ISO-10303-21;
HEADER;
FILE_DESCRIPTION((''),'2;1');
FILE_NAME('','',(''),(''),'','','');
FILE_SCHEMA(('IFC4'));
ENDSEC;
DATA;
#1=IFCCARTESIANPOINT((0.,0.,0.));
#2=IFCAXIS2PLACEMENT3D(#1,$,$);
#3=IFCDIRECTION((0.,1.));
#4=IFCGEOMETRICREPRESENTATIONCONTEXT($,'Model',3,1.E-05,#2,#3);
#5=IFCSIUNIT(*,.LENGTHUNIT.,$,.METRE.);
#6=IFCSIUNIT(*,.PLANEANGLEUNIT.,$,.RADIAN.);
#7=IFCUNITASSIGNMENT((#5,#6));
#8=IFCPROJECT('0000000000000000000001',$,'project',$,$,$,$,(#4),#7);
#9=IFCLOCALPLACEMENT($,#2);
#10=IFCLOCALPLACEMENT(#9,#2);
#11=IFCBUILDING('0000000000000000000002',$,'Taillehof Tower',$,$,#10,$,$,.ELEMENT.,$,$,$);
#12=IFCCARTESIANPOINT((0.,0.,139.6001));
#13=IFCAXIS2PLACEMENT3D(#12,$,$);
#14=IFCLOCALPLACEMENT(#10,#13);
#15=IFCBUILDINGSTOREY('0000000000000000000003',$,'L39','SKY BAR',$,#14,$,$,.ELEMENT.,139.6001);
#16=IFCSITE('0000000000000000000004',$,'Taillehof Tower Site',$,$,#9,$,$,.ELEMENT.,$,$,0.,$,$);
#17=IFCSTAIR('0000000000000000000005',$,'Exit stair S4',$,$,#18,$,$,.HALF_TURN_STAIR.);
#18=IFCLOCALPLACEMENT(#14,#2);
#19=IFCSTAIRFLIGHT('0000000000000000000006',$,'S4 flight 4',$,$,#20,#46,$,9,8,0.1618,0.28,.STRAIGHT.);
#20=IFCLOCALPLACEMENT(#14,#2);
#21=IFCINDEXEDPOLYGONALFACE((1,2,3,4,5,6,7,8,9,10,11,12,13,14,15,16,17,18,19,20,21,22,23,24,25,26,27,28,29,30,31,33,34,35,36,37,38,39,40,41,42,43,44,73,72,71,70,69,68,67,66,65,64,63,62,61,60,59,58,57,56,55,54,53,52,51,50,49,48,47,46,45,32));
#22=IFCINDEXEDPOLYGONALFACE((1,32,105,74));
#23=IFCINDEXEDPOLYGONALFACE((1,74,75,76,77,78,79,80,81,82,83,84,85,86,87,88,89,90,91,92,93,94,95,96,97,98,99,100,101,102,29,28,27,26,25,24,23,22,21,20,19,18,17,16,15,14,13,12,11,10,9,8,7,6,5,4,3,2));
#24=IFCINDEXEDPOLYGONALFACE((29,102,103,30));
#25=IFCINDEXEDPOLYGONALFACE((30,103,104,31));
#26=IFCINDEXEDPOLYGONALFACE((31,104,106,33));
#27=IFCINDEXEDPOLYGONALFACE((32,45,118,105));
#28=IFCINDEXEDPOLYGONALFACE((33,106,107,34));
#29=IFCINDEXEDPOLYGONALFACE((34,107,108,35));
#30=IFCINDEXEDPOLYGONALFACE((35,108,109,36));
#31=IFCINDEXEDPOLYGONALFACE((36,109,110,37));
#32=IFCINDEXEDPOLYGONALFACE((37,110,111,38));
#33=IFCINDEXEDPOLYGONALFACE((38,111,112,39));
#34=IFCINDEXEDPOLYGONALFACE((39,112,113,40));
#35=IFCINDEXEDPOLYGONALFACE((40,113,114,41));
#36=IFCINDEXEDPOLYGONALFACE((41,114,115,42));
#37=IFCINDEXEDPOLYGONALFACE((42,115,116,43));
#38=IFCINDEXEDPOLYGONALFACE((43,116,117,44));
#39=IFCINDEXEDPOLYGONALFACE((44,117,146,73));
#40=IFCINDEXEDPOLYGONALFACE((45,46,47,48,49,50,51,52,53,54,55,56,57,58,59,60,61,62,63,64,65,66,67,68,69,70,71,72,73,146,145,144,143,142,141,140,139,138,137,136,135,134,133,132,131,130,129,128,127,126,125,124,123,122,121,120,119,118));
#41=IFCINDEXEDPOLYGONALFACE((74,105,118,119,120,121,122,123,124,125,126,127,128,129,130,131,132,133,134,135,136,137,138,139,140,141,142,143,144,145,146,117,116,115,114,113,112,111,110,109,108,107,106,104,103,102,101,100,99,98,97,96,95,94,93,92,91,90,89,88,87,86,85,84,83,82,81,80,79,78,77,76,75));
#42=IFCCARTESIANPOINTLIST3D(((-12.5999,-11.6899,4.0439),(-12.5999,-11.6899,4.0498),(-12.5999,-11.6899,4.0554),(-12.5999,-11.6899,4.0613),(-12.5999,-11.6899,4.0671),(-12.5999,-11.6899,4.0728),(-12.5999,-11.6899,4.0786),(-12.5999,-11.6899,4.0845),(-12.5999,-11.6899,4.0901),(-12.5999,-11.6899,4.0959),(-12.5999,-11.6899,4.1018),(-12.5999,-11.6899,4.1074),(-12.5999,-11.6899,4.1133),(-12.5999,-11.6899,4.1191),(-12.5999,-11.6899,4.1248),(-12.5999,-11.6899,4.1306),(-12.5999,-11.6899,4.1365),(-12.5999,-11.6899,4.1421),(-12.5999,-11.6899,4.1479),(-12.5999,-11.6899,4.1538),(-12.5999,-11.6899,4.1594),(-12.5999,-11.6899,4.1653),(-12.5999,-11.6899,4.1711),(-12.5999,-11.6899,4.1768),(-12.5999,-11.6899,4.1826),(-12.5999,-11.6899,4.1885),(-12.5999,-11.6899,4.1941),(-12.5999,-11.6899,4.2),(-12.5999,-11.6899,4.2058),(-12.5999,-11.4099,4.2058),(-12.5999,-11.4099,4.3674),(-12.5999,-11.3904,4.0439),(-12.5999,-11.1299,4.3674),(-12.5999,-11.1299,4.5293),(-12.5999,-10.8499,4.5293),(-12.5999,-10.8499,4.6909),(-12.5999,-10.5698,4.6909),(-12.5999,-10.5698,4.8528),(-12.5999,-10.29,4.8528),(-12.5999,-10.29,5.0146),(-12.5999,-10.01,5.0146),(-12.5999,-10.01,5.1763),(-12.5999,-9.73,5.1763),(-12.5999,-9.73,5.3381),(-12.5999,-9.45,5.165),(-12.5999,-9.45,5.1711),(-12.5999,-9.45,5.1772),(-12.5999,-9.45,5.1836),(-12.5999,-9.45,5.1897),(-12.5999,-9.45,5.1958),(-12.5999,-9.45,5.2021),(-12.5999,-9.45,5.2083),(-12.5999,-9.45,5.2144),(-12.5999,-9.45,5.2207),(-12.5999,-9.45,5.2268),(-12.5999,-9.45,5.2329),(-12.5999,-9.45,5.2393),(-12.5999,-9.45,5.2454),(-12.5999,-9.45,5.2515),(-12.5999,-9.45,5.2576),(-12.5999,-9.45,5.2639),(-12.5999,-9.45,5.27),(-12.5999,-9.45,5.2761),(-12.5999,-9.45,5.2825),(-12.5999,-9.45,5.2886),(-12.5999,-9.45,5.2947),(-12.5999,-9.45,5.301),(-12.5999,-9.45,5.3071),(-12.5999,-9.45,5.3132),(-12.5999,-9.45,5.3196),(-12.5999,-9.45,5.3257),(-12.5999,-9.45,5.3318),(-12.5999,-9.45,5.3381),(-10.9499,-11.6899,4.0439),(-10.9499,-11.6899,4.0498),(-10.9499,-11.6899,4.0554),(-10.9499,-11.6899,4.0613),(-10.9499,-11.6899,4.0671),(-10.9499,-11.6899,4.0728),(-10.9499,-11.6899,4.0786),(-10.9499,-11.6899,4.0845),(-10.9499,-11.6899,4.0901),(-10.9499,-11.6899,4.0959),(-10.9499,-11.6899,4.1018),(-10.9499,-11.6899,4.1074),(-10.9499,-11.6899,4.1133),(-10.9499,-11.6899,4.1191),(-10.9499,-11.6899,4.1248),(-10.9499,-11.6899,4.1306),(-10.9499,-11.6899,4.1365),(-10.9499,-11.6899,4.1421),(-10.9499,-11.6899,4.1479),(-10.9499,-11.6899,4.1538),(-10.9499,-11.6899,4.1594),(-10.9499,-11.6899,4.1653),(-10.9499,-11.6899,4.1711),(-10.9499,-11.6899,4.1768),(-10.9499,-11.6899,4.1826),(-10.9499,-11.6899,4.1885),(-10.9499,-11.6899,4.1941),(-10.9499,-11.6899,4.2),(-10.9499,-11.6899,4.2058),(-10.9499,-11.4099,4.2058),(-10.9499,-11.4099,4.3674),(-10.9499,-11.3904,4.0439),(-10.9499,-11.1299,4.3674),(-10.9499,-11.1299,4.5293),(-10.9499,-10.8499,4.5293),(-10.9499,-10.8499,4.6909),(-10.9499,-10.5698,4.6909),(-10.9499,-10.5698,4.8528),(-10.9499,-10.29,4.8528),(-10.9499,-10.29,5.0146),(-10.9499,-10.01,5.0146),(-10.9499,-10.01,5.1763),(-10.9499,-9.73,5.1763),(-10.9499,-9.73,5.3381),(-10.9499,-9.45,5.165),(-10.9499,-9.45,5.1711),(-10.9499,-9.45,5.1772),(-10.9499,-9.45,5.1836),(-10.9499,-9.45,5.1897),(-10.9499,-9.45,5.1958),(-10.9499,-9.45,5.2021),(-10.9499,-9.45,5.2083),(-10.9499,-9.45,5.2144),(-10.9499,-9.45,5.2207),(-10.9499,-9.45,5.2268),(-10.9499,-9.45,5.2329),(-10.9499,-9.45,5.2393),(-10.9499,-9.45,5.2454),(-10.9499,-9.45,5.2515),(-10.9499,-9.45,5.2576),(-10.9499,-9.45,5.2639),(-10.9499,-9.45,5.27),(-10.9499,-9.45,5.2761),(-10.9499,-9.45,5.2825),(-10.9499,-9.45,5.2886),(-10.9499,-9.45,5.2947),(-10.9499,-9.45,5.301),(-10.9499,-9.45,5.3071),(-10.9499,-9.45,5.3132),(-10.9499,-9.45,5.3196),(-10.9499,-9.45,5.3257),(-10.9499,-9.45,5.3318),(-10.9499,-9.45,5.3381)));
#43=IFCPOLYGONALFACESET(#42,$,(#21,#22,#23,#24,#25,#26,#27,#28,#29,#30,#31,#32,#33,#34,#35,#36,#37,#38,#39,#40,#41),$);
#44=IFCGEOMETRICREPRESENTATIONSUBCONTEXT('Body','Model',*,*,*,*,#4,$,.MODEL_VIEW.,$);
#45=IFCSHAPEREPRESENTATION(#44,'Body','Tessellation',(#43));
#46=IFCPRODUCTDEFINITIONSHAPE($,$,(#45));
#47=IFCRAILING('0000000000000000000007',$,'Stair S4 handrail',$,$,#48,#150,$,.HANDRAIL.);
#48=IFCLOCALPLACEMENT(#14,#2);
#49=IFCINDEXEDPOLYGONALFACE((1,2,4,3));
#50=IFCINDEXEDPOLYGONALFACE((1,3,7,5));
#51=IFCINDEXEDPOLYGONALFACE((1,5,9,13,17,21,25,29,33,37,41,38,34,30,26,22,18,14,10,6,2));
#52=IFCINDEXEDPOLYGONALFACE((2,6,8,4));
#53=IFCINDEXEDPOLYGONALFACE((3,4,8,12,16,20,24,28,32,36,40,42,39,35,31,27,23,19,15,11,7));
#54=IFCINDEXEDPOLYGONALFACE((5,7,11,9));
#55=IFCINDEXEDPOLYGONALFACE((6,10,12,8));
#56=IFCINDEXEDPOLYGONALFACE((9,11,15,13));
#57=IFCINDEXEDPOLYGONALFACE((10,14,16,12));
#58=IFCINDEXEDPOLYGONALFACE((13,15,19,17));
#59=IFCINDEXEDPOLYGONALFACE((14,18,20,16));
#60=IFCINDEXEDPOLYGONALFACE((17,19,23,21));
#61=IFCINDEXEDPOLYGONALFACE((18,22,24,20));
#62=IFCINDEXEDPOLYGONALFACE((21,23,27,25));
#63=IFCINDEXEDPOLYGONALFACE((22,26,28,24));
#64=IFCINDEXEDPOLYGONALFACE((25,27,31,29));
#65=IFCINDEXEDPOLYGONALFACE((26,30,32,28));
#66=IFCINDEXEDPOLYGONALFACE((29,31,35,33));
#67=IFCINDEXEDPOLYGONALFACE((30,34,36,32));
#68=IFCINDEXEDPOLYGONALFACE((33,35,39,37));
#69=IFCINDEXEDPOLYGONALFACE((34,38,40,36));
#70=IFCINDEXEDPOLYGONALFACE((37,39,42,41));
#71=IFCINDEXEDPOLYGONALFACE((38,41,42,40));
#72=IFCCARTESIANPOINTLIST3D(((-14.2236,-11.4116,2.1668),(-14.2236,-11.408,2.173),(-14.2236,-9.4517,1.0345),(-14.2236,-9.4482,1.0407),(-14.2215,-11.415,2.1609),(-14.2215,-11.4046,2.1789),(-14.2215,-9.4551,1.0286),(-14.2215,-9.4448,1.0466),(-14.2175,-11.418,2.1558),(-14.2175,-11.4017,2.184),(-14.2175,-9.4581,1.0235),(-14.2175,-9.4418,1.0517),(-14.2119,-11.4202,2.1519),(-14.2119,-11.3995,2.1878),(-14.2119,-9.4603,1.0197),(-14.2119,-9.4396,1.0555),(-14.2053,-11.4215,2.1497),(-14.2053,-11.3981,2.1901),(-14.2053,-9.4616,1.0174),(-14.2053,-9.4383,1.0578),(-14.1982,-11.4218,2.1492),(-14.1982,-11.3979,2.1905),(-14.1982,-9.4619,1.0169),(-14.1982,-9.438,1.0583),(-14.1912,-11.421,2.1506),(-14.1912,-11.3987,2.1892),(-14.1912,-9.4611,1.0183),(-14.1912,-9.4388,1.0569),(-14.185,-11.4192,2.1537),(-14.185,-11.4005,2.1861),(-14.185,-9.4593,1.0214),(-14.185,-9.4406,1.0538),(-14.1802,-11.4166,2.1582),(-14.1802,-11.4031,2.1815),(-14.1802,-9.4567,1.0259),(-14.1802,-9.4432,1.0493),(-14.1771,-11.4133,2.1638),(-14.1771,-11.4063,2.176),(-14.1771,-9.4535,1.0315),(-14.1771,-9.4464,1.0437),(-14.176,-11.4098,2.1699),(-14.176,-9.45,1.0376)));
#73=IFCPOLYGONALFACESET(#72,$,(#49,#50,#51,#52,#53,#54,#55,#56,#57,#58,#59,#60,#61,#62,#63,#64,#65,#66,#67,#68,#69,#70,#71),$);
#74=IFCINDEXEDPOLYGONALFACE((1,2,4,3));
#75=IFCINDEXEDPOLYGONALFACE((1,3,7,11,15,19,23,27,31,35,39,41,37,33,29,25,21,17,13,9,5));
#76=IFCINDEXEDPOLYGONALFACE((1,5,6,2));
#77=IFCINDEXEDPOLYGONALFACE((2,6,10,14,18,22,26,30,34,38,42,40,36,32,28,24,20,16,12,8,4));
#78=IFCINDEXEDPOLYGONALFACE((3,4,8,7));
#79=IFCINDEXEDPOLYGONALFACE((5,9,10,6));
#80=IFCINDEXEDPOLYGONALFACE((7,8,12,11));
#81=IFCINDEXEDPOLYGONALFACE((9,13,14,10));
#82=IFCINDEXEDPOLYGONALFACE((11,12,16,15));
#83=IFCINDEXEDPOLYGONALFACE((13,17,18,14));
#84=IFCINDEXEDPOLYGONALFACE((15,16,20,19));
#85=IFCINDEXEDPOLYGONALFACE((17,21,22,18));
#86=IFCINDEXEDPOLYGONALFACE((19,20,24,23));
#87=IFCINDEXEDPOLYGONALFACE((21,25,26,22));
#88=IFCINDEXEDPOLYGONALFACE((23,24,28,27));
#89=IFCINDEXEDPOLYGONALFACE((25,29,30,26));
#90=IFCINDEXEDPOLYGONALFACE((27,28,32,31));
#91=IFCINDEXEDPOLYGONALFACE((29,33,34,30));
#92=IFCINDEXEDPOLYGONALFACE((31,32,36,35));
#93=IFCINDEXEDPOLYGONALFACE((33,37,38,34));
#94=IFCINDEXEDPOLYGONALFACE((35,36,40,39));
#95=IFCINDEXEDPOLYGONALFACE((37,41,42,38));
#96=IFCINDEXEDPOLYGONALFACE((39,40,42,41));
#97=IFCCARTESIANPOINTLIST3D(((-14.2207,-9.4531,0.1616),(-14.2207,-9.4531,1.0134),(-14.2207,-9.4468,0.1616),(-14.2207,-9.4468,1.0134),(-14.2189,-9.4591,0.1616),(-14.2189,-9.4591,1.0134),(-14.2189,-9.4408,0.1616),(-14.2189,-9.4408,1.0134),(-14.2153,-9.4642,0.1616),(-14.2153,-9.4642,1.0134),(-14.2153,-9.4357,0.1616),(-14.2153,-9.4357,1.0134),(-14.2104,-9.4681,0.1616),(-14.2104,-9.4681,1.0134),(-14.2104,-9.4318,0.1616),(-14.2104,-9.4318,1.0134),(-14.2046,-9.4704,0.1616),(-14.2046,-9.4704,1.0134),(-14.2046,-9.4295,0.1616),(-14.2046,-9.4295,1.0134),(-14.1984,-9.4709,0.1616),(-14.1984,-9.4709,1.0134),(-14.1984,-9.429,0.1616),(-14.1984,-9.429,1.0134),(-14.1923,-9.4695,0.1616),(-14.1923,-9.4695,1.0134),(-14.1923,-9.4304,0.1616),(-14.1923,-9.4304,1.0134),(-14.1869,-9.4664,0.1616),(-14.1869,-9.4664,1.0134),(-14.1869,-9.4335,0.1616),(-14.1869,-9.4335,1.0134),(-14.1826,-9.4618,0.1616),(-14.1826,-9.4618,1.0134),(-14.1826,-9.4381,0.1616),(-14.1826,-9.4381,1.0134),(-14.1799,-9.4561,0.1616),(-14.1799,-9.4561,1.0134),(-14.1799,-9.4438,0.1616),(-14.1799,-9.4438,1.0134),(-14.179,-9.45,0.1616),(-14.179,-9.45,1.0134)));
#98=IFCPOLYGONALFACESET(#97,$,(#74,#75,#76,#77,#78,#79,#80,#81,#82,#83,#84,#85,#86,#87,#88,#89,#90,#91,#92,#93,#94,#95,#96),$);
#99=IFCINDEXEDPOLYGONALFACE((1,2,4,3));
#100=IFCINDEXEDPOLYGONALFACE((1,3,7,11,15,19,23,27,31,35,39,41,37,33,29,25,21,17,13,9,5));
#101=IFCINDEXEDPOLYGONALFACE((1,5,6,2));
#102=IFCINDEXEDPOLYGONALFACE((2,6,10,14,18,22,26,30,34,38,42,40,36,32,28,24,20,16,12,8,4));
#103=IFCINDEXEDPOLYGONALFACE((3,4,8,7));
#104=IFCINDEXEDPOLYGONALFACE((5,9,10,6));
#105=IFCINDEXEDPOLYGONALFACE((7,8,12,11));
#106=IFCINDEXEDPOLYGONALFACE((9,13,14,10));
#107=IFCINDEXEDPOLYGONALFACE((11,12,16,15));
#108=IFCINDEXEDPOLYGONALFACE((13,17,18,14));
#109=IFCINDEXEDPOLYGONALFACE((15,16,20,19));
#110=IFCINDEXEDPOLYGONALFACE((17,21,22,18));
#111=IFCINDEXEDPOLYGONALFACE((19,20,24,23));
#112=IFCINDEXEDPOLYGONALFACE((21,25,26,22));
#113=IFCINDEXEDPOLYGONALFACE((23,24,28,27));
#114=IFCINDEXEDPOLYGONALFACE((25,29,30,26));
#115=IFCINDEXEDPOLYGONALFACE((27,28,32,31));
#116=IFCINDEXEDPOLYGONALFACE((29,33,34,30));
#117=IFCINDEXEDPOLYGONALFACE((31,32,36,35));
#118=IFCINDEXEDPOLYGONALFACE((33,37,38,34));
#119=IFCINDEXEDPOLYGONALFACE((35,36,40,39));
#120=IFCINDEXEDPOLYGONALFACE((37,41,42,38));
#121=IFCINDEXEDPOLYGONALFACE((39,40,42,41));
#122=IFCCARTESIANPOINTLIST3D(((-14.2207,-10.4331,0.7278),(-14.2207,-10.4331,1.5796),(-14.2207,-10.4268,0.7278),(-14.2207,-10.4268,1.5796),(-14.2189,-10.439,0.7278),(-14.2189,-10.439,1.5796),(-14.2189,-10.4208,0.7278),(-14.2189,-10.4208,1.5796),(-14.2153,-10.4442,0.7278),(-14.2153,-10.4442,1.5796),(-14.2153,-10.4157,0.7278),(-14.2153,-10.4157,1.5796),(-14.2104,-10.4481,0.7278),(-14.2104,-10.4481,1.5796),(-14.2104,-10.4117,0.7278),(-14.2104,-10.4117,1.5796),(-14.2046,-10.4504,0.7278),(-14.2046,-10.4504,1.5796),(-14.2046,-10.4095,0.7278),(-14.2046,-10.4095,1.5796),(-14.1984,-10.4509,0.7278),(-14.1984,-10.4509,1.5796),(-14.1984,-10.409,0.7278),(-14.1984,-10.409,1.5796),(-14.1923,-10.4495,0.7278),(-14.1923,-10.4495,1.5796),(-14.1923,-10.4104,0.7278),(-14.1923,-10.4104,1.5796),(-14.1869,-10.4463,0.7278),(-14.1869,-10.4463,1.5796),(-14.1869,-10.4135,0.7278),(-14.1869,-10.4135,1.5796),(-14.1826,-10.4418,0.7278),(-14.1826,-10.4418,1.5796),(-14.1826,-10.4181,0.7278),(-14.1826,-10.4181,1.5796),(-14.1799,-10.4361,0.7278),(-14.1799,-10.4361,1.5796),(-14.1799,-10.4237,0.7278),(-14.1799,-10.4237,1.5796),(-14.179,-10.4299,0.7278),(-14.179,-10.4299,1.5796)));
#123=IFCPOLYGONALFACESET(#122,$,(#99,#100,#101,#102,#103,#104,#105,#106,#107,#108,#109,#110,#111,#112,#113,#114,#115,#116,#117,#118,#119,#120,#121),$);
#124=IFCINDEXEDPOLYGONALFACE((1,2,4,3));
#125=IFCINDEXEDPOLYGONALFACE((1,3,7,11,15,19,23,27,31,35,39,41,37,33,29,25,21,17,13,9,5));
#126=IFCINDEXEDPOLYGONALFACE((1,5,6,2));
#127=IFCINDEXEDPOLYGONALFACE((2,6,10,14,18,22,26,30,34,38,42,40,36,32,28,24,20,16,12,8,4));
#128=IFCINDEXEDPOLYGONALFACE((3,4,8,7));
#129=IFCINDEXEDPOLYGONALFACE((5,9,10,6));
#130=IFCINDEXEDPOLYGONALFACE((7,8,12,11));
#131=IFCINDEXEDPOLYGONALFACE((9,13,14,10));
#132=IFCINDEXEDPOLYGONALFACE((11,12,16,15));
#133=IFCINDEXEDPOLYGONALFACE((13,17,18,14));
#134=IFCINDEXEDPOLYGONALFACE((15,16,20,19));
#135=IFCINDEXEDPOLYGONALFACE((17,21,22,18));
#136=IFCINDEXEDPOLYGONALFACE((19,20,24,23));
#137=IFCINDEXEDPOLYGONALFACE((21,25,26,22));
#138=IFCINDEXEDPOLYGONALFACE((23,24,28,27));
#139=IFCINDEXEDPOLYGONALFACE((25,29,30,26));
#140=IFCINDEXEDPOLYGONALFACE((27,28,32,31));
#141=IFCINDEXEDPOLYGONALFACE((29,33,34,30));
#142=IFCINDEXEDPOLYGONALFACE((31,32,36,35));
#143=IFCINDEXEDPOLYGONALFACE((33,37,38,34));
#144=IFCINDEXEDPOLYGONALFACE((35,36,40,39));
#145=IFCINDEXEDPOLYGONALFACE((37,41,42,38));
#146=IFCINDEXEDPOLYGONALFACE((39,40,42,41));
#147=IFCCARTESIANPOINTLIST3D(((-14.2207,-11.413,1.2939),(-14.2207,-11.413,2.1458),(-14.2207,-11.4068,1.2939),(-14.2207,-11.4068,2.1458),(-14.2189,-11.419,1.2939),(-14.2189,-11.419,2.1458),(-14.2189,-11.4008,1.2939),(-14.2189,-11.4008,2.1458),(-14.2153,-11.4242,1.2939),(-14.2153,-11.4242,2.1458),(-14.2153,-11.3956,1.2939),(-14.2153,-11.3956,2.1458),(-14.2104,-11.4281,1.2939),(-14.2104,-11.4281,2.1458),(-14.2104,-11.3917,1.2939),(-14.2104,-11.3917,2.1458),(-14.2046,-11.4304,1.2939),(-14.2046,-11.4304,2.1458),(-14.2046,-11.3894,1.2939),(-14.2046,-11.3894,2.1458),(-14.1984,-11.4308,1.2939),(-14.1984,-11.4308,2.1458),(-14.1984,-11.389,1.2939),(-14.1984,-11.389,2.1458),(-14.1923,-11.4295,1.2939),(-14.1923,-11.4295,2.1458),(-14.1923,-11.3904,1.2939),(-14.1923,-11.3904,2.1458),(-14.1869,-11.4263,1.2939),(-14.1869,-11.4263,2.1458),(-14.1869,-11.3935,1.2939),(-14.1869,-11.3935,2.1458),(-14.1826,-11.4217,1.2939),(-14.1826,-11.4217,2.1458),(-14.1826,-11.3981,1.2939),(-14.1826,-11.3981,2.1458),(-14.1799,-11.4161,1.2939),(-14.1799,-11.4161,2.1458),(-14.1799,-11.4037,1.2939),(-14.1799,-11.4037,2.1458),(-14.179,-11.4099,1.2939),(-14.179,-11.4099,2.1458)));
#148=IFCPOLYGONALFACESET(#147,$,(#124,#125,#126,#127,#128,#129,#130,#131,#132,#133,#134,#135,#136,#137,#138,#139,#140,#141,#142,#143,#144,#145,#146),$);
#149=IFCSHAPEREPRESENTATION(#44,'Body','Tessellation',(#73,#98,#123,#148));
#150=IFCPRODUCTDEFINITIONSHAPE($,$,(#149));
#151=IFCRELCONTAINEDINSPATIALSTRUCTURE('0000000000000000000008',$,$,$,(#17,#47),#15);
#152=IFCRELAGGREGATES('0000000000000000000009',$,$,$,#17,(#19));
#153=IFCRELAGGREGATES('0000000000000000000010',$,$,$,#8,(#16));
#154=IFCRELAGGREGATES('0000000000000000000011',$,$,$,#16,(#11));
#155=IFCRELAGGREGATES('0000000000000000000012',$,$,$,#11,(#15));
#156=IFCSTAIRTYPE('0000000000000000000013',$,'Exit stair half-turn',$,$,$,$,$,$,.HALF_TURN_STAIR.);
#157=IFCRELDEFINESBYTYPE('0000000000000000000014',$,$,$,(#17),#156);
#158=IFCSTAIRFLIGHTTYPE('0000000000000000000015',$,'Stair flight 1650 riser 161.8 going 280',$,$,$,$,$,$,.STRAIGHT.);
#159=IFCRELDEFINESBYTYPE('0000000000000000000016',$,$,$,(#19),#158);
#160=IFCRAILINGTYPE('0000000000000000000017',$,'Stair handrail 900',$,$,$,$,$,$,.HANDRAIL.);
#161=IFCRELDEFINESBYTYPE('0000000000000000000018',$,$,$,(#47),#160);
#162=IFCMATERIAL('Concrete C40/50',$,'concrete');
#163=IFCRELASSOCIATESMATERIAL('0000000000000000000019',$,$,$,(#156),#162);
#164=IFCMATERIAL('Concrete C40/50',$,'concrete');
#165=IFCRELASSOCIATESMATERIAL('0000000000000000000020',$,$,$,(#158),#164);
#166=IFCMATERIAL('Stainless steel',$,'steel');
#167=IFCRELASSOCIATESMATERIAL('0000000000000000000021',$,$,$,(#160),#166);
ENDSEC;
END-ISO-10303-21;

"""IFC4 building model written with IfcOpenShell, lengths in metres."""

from ifc_helpers import new_model, si_unit, direction, frame, origin, origin_2d, place, context, subcontext, project, spatial, polyline, circle, outline, extrude, material, type_object, element, aggregate, save


model = new_model("IFC4")

# Units and contexts
model_context = context("Model", 3, precision=1e-05, world=origin(), true_north=direction((0.0, 1.0)))
body_context = subcontext(model_context, "Body", "Model", "MODEL_VIEW")
ifc_project = project(units=[si_unit("LENGTHUNIT", "METRE"), si_unit("PLANEANGLEUNIT", "RADIAN")], contexts=[model_context])

# Site, building, storey
site_placement = place(None, origin())
site = spatial("IfcSite", under=ifc_project, at=site_placement, Name="Taillehof Tower Site", CompositionType="ELEMENT", RefElevation=0.0)
building_placement = place(site_placement, origin())
building = spatial("IfcBuilding", under=site, at=building_placement, Name="Taillehof Tower", CompositionType="ELEMENT")
storey_placement = place(building_placement, frame((0.0, 0.0, 139.6001)))
storey = spatial("IfcBuildingStorey", under=building, at=storey_placement, Name="L39", Description="SKY BAR", CompositionType="ELEMENT", Elevation=139.6001)

# Stair, stair flight
ifc_material_1 = material(Name="Concrete C40/50", Category="concrete")
stair_type = type_object("IfcStairType", Name="Exit stair half-turn", PredefinedType="HALF_TURN_STAIR", material=ifc_material_1)
stair_placement = place(storey_placement, origin())
stair = element("IfcStair", 1, at=stair_placement, inside=storey, type_object=stair_type, Name="Exit stair S4", PredefinedType="HALF_TURN_STAIR")
ifc_material_2 = material(Name="Concrete C40/50", Category="concrete")
stair_flight_type = type_object("IfcStairFlightType", Name="Stair flight 1650 riser 161.8 going 280", PredefinedType="STRAIGHT", material=ifc_material_2)
stair_flight_1_placement = place(storey_placement, frame((-11.7749, -11.6899, 4.0439), z_axis=(0.0, 0.0, 1.0), x_axis=(0.0, 1.0, 0.0)))
stair_flight_1 = element("IfcStairFlight", 2, at=stair_flight_1_placement, type_object=stair_flight_type, Name="S4 flight 4", NumberOfRisers=9, NumberOfTreads=8, PredefinedType="STRAIGHT", RiserHeight=0.1618, TreadLength=0.28, context=body_context, shape_type="SweptSolid", body=[
    extrude(outline(polyline([(0.0, 0.0), (0.0, 0.0059), (0.0, 0.0115), (0.0, 0.0173), (0.0, 0.0232), (0.0, 0.0288), (0.0, 0.0347), (0.0, 0.0405), (0.0, 0.0461), (0.0, 0.052), (0.0, 0.0579), (0.0, 0.0635), (0.0, 0.0693), (0.0, 0.0752), (0.0, 0.0808), (0.0, 0.0867), (0.0, 0.0925), (0.0, 0.0981), (0.0, 0.104), (0.0, 0.1099), (0.0, 0.1155), (0.0, 0.1213), (0.0, 0.1272), (0.0, 0.1328), (0.0, 0.1387), (0.0, 0.1445), (0.0, 0.1501), (0.0, 0.156), (0.0, 0.1619), (0.28, 0.1619), (0.28, 0.3235), (0.5601, 0.3235), (0.5601, 0.4854), (0.8401, 0.4854), (0.8401, 0.647), (1.1201, 0.647), (1.1201, 0.8088), (1.3999, 0.8088), (1.3999, 0.9707), (1.6799, 0.9707), (1.6799, 1.1323), (1.96, 1.1323), (1.96, 1.2942), (2.24, 1.2942), (2.24, 1.2878), (2.24, 1.2817), (2.24, 1.2756), (2.24, 1.2693), (2.24, 1.2632), (2.24, 1.2571), (2.24, 1.2507), (2.24, 1.2446), (2.24, 1.2385), (2.24, 1.2322), (2.24, 1.2261), (2.24, 1.22), (2.24, 1.2136), (2.24, 1.2075), (2.24, 1.2014), (2.24, 1.1953), (2.24, 1.189), (2.24, 1.1829), (2.24, 1.1768), (2.24, 1.1704), (2.24, 1.1643), (2.24, 1.1582), (2.24, 1.1519), (2.24, 1.1458), (2.24, 1.1396), (2.24, 1.1333), (2.24, 1.1272), (2.24, 1.1211), (0.2996, 0.0), (0.0, 0.0)])), frame((0.0, 0.825, 0.0), z_axis=(0.0, -1.0, 0.0), x_axis=(1.0, 0.0, 0.0)), (0.0, 0.0, 1.0), 1.65),
])
aggregate(stair, [stair_flight_1])

# Railing
ifc_material_3 = material(Name="Stainless steel", Category="steel")
railing_type = type_object("IfcRailingType", Name="Stair handrail 900", PredefinedType="HANDRAIL", material=ifc_material_3)
railing_1_placement = place(storey_placement, frame((-14.2, -9.45, 0.1616)))
element("IfcRailing", 3, at=railing_1_placement, inside=storey, type_object=railing_type, Name="Stair S4 handrail", PredefinedType="HANDRAIL", context=body_context, shape_type="SweptSolid", body=[
    extrude(circle(Radius=0.0239, at=origin_2d()), frame((0.0, 0.0, 0.876), z_axis=(0.0, -0.865884, 0.500245), x_axis=(1.0, 0.0, 0.0)), (0.0, 0.0, 1.0), 2.2634),
    extrude(circle(Radius=0.021, at=origin_2d()), origin(), (0.0, 0.0, 1.0), 0.8518),
    extrude(circle(Radius=0.021, at=origin_2d()), frame((0.0, -0.98, 0.5662)), (0.0, 0.0, 1.0), 0.8518),
    extrude(circle(Radius=0.021, at=origin_2d()), frame((0.0, -1.96, 1.1323)), (0.0, 0.0, 1.0), 0.8518),
])

save(model, "model.ifc")
